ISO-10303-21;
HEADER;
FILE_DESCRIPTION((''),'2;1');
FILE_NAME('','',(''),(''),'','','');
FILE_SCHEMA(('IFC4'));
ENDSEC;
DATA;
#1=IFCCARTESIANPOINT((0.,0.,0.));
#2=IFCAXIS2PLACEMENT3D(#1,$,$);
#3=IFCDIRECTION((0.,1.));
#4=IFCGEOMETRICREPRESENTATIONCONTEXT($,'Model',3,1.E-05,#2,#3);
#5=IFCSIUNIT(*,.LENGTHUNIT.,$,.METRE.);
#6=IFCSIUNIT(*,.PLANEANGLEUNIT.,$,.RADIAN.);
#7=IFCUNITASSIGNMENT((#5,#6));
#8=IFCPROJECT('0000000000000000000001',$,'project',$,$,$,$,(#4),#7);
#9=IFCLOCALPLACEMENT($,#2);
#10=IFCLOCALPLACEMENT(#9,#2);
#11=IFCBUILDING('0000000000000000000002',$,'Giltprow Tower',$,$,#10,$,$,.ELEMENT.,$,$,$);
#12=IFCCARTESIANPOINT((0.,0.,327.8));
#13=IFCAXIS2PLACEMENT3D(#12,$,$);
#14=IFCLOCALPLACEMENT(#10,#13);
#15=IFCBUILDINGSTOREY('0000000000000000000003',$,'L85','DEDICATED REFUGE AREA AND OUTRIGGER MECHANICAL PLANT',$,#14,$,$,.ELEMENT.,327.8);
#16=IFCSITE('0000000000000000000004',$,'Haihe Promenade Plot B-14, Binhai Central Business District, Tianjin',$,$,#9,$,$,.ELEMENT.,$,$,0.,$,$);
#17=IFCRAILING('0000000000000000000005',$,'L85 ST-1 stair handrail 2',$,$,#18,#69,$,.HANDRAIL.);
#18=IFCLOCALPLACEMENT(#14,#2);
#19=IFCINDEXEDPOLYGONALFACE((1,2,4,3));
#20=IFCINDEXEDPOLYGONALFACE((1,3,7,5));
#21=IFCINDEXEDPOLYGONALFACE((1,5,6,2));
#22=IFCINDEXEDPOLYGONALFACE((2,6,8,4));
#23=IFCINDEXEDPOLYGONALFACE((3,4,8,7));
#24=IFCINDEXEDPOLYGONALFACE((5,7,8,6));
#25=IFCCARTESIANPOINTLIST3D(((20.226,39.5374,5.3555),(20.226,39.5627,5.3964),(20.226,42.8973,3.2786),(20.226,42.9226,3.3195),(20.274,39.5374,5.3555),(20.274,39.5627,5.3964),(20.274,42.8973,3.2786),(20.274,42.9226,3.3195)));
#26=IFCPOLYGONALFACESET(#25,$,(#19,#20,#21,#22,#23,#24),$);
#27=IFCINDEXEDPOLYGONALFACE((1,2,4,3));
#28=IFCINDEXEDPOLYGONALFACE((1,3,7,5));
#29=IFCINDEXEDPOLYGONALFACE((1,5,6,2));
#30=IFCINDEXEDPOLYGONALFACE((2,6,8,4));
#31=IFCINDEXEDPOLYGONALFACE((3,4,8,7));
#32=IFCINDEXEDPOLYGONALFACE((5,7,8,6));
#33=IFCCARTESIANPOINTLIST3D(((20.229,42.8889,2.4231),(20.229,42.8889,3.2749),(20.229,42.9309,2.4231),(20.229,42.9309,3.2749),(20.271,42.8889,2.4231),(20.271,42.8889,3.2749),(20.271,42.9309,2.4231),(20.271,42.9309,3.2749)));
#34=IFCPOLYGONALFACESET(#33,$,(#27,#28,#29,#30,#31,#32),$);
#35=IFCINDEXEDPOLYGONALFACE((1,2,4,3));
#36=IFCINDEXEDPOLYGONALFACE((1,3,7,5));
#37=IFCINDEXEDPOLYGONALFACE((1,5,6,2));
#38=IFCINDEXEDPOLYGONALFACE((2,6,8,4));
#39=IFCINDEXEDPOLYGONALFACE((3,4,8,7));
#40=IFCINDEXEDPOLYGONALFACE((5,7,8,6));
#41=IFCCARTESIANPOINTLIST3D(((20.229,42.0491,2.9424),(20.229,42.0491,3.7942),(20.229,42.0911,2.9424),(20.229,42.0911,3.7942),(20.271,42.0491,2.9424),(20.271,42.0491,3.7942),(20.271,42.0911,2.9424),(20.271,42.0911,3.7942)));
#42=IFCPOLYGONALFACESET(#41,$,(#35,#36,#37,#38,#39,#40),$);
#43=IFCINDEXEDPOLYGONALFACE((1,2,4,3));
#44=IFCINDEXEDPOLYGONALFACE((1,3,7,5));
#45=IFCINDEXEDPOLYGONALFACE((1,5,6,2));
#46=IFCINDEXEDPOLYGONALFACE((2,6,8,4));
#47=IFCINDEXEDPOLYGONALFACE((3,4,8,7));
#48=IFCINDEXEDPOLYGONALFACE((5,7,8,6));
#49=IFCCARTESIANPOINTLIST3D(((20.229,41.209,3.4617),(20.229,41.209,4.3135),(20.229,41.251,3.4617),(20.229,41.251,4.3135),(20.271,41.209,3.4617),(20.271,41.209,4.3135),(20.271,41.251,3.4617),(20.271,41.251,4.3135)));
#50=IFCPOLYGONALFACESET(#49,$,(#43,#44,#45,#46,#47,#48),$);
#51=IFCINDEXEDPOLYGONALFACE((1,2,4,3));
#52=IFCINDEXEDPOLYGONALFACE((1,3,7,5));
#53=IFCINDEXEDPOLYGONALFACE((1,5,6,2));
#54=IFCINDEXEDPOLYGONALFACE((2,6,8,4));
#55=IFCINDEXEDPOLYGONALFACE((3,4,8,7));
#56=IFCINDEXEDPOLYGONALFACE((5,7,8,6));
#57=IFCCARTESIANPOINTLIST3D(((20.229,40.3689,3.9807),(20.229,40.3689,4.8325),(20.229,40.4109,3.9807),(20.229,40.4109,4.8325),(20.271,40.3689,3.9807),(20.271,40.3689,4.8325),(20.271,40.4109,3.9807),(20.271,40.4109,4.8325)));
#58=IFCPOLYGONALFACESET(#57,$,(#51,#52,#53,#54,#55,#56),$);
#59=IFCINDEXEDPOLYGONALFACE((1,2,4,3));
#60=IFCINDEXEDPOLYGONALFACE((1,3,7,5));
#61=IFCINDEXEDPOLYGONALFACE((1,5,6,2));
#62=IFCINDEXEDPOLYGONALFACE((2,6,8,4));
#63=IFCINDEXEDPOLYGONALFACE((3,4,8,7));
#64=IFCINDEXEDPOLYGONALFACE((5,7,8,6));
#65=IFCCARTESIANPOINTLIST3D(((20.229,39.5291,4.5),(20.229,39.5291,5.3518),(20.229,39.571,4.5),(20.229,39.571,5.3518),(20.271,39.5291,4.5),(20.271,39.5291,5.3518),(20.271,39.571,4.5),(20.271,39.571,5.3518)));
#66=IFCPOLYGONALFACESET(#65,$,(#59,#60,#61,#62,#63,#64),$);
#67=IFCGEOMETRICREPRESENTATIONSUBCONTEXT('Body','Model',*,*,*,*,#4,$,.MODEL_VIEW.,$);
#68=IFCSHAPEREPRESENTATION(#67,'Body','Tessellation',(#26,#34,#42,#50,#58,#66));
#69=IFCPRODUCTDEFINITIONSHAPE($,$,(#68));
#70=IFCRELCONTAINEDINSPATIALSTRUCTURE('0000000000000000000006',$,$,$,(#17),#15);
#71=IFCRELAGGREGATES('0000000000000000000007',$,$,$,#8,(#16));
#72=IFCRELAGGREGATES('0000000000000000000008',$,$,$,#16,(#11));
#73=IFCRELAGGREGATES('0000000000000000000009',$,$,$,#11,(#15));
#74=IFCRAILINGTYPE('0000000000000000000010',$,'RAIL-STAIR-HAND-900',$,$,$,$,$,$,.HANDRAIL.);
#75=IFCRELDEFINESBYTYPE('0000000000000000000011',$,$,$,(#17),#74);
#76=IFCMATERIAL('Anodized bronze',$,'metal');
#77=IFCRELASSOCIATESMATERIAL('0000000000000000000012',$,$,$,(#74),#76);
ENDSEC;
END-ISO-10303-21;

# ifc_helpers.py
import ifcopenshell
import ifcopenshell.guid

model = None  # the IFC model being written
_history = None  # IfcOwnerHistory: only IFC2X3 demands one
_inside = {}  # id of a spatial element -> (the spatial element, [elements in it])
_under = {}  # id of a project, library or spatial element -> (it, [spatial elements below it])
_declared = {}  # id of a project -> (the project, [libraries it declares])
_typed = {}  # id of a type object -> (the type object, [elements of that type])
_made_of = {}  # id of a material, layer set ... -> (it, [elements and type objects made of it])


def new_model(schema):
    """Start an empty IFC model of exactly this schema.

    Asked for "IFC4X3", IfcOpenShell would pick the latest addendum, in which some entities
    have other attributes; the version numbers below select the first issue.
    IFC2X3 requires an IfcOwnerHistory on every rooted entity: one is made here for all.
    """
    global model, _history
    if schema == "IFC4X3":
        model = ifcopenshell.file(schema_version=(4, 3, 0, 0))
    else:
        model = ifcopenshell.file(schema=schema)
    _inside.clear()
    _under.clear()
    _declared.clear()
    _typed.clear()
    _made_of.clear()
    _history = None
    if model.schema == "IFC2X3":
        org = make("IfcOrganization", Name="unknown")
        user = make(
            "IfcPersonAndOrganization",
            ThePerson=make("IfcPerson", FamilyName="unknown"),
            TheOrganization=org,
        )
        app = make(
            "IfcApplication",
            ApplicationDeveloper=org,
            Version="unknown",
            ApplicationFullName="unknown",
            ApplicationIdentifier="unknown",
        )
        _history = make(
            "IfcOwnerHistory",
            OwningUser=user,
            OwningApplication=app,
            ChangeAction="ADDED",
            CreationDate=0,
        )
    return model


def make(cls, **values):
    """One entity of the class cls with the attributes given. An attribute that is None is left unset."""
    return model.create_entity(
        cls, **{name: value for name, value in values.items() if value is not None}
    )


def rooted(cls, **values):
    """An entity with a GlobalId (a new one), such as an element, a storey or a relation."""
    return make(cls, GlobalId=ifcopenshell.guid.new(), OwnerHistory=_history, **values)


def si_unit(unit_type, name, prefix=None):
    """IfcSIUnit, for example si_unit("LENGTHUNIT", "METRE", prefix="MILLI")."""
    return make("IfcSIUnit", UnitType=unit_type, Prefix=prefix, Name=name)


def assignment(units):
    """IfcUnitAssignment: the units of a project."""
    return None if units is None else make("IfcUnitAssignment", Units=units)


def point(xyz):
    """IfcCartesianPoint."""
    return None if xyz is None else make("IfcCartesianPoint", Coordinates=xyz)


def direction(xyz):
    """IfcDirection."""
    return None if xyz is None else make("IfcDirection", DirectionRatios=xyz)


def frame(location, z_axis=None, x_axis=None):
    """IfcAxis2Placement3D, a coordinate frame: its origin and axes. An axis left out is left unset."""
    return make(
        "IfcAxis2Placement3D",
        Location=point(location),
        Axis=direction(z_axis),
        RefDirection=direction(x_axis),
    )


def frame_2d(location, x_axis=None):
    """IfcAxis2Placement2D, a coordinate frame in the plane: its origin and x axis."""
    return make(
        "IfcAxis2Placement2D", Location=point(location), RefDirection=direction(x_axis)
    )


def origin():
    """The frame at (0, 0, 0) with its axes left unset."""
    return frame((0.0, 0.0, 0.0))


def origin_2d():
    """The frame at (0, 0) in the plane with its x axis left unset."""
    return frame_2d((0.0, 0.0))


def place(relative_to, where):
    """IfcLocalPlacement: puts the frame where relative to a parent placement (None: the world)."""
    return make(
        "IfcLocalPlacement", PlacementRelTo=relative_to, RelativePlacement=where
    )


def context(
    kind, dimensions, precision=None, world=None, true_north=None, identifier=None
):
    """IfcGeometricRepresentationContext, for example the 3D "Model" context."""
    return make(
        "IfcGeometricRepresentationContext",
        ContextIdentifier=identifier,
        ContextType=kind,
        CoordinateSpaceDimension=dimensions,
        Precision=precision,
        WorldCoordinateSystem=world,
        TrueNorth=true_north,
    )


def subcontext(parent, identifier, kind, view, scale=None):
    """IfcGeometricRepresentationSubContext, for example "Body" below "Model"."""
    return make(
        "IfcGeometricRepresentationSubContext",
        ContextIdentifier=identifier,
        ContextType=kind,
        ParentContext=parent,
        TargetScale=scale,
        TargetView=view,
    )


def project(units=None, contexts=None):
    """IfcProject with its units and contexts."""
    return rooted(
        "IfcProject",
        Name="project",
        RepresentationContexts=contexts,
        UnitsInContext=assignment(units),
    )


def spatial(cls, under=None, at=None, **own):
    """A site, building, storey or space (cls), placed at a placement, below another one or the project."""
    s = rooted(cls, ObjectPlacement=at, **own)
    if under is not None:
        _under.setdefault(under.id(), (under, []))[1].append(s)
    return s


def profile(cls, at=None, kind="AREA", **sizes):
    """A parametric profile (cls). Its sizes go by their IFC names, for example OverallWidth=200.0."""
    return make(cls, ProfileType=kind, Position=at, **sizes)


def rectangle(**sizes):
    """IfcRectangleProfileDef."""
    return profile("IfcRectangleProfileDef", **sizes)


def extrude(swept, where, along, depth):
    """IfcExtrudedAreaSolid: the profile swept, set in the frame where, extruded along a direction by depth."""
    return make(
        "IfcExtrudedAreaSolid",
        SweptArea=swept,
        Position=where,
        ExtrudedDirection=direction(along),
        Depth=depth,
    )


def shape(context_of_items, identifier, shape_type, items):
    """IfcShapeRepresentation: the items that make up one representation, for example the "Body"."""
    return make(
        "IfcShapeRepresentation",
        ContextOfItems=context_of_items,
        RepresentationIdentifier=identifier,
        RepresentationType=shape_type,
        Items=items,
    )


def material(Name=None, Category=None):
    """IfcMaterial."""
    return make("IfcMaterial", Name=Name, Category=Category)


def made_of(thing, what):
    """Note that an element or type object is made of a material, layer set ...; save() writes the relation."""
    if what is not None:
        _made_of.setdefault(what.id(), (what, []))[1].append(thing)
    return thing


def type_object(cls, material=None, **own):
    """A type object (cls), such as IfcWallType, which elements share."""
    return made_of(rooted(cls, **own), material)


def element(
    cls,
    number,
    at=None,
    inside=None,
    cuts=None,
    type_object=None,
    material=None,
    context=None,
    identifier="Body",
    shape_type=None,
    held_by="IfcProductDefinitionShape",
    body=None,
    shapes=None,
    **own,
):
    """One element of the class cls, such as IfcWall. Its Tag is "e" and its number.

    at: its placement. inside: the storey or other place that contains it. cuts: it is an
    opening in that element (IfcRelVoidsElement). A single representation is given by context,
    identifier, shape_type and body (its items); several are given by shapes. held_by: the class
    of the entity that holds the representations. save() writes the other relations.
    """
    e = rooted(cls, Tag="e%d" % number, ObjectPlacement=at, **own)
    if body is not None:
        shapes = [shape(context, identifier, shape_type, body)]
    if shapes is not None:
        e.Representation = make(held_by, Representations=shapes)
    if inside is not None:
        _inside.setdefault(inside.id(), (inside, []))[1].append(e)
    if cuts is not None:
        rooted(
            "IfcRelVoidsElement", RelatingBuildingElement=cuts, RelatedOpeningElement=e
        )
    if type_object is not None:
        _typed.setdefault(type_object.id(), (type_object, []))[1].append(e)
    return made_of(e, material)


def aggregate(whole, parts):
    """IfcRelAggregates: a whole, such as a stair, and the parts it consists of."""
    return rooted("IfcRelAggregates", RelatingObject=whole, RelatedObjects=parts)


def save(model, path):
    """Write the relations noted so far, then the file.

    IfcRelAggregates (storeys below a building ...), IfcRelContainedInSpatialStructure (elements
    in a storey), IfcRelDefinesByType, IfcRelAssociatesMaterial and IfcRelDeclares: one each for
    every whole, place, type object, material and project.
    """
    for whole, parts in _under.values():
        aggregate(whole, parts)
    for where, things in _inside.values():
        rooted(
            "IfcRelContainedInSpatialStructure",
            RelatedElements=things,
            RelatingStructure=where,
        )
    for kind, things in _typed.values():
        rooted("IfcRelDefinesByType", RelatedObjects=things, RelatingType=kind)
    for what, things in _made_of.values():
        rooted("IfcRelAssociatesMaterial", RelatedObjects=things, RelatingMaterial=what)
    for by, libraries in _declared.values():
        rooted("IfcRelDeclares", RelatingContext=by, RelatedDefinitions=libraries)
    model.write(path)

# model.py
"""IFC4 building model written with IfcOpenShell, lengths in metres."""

from ifc_helpers import new_model, si_unit, direction, frame, origin, origin_2d, place, context, subcontext, project, spatial, rectangle, extrude, material, type_object, element, save


model = new_model("IFC4")

# Units and contexts
model_context = context("Model", 3, precision=1e-05, world=origin(), true_north=direction((0.0, 1.0)))
body_context = subcontext(model_context, "Body", "Model", "MODEL_VIEW")
ifc_project = project(units=[si_unit("LENGTHUNIT", "METRE"), si_unit("PLANEANGLEUNIT", "RADIAN")], contexts=[model_context])

# Site, building, storey
site_placement = place(None, origin())
site = spatial("IfcSite", under=ifc_project, at=site_placement, Name="Haihe Promenade Plot B-14, Binhai Central Business District, Tianjin", CompositionType="ELEMENT", RefElevation=0.0)
building_placement = place(site_placement, origin())
building = spatial("IfcBuilding", under=site, at=building_placement, Name="Giltprow Tower", CompositionType="ELEMENT")
storey_placement = place(building_placement, frame((0.0, 0.0, 327.8)))
storey = spatial("IfcBuildingStorey", under=building, at=storey_placement, Name="L85", Description="DEDICATED REFUGE AREA AND OUTRIGGER MECHANICAL PLANT", CompositionType="ELEMENT", Elevation=327.8)

# Railing
ifc_material_1 = material(Name="Anodized bronze", Category="metal")
railing_type_1 = type_object("IfcRailingType", Name="RAIL-STAIR-HAND-900", PredefinedType="HANDRAIL", material=ifc_material_1)
railing_1_placement = place(storey_placement, frame((20.25, 42.9099, 2.4231)))
element("IfcRailing", 1, at=railing_1_placement, inside=storey, type_object=railing_type_1, Name="L85 ST-1 stair handrail 2", PredefinedType="HANDRAIL", context=body_context, shape_type="SweptSolid", body=[
    extrude(rectangle(XDim=0.0481, YDim=0.0481, at=origin_2d()), frame((0.0, 0.0, 0.876), z_axis=(0.0, -0.850606, 0.525803), x_axis=(1.0, 0.0, 0.0)), (0.0, 0.0, 1.0), 3.95),
    extrude(rectangle(XDim=0.042, YDim=0.042, at=origin_2d()), origin(), (0.0, 0.0, 1.0), 0.8518),
    extrude(rectangle(XDim=0.042, YDim=0.042, at=origin_2d()), frame((0.0, -0.8398, 0.5193)), (0.0, 0.0, 1.0), 0.8518),
    extrude(rectangle(XDim=0.042, YDim=0.042, at=origin_2d()), frame((0.0, -1.6799, 1.0386)), (0.0, 0.0, 1.0), 0.8518),
    extrude(rectangle(XDim=0.042, YDim=0.042, at=origin_2d()), frame((0.0, -2.52, 1.5576)), (0.0, 0.0, 1.0), 0.8518),
    extrude(rectangle(XDim=0.042, YDim=0.042, at=origin_2d()), frame((0.0, -3.3599, 2.0769)), (0.0, 0.0, 1.0), 0.8518),
])

save(model, "model.ifc")
